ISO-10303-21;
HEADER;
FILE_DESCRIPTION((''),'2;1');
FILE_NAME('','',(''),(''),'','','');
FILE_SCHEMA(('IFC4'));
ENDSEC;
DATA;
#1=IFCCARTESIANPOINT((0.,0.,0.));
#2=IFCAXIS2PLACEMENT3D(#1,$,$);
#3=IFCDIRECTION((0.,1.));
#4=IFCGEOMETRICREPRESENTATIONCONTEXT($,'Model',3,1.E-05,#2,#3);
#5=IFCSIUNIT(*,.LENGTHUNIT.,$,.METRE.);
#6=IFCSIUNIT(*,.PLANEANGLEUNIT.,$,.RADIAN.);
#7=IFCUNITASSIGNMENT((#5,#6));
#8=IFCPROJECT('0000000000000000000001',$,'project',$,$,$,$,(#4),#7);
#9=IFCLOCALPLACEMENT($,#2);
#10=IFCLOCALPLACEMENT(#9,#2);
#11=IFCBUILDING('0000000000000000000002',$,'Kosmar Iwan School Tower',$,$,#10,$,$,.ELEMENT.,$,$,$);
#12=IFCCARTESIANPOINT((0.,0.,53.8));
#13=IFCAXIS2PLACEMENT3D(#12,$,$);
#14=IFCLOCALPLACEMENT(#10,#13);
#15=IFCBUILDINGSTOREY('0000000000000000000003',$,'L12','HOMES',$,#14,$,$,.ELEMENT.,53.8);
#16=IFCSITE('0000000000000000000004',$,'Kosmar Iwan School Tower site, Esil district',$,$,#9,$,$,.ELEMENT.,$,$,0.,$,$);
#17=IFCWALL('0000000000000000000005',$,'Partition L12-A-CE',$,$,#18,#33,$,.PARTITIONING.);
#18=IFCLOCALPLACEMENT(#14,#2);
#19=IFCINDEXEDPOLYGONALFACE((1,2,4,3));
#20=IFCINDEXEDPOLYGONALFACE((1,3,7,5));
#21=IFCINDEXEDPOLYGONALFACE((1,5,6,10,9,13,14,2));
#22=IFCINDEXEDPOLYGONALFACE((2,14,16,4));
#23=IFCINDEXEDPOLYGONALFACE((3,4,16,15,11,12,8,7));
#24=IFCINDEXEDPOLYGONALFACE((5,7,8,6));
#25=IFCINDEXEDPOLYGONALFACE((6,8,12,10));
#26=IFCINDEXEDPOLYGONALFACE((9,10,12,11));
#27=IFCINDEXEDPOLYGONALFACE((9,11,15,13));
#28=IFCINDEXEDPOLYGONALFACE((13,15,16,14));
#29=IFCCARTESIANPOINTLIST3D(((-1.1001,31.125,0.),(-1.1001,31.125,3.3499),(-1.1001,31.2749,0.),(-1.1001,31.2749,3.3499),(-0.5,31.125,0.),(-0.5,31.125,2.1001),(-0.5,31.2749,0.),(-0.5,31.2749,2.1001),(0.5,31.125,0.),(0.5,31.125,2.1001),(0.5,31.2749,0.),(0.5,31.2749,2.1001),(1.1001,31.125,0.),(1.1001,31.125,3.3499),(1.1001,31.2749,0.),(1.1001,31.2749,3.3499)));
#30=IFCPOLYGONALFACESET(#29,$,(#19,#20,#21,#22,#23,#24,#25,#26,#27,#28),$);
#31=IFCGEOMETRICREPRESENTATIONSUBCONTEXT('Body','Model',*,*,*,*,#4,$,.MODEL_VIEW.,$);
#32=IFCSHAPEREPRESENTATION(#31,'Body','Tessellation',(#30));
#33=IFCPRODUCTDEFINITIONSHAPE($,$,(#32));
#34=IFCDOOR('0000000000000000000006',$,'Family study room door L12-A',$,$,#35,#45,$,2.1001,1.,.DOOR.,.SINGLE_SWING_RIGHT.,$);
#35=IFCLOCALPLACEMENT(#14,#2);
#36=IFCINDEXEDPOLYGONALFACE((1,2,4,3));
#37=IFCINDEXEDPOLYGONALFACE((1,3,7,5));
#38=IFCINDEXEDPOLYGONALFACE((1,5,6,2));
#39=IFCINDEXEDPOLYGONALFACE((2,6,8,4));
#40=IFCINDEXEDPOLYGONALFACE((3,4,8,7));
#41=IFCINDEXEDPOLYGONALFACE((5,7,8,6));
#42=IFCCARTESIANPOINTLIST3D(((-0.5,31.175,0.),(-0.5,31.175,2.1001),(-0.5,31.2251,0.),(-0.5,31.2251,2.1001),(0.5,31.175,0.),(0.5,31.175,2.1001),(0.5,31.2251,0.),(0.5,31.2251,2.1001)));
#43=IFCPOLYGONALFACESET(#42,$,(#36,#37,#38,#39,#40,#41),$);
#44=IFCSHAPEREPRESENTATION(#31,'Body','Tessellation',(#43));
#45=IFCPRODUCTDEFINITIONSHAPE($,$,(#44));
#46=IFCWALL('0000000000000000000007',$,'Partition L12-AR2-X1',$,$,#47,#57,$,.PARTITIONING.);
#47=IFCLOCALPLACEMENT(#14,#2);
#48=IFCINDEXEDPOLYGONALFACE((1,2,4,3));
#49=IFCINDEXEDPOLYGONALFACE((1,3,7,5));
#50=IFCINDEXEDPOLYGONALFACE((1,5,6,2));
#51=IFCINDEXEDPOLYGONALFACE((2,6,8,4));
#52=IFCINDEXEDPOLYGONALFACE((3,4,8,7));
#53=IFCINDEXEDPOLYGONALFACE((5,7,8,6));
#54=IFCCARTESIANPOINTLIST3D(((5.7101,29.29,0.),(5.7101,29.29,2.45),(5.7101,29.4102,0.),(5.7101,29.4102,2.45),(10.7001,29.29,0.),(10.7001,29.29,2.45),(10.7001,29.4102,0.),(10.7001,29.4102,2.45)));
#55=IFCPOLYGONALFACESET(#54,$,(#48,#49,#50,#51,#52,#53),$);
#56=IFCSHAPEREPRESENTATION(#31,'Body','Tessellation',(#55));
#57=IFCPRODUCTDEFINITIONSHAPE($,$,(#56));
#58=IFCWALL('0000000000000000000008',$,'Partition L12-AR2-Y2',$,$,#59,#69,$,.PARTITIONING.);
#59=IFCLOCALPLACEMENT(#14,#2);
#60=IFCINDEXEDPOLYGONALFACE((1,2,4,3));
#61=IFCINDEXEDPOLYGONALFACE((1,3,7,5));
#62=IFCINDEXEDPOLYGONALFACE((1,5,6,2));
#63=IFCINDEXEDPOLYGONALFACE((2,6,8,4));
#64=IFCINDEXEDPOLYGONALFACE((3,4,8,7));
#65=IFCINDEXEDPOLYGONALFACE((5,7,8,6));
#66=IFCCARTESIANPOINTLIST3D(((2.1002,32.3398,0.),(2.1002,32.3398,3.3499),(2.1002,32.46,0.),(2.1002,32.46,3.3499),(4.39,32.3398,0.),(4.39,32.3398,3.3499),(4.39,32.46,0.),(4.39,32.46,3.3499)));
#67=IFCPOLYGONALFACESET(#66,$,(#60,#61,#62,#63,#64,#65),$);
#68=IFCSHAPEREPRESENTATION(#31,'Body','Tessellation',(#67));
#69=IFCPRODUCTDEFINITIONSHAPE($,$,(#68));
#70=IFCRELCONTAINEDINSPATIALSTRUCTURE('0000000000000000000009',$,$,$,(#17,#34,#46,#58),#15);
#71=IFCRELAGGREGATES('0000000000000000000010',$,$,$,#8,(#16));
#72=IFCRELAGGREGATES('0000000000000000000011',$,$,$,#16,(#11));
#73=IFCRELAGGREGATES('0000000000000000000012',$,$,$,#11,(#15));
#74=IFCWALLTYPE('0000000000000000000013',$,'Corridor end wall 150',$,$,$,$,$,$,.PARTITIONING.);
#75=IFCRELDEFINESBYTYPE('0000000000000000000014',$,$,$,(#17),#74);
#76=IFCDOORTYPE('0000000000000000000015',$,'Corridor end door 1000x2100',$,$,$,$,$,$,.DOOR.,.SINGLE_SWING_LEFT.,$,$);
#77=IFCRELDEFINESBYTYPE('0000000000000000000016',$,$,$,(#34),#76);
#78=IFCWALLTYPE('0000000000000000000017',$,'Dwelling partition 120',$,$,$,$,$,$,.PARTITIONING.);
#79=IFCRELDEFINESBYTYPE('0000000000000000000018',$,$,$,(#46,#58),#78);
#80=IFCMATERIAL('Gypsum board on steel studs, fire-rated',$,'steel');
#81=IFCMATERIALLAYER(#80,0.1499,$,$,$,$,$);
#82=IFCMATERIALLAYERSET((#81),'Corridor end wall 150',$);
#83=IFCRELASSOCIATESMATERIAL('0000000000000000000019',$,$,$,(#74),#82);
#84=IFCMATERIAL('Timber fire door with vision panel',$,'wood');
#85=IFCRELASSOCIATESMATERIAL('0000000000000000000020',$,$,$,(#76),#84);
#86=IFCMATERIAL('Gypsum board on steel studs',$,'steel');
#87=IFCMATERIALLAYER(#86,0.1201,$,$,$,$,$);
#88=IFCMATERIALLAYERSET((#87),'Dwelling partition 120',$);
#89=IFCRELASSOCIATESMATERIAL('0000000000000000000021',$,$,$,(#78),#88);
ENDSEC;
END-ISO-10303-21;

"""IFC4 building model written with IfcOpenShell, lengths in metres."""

from ifc_helpers import new_model, si_unit, direction, frame, frame_2d, origin, place, context, subcontext, project, spatial, rectangle, extrude, material, layer, layer_set, type_object, element, fill, save


model = new_model("IFC4")

# Units and contexts
model_context = context("Model", 3, precision=1e-05, world=origin(), true_north=direction((0.0, 1.0)))
body_context = subcontext(model_context, "Body", "Model", "MODEL_VIEW")
ifc_project = project(units=[si_unit("LENGTHUNIT", "METRE"), si_unit("PLANEANGLEUNIT", "RADIAN")], contexts=[model_context])

# Site, building, storey
site_placement = place(None, origin())
site = spatial("IfcSite", under=ifc_project, at=site_placement, Name="Kosmar Iwan School Tower site, Esil district", CompositionType="ELEMENT", RefElevation=0.0)
building_placement = place(site_placement, origin())
building = spatial("IfcBuilding", under=site, at=building_placement, Name="Kosmar Iwan School Tower", CompositionType="ELEMENT")
storey_placement = place(building_placement, frame((0.0, 0.0, 53.8)))
storey = spatial("IfcBuildingStorey", under=building, at=storey_placement, Name="L12", Description="HOMES", CompositionType="ELEMENT", Elevation=53.8)

# Wall, opening, door
ifc_material_1 = material(Name="Gypsum board on steel studs, fire-rated", Category="steel")
ifc_layer_1 = layer(ifc_material_1, 0.1499)
ifc_layer_set_1 = layer_set([ifc_layer_1], Name="Corridor end wall 150")
wall_type_1 = type_object("IfcWallType", Name="Corridor end wall 150", PredefinedType="PARTITIONING", material=ifc_layer_set_1)
wall_1_placement = place(storey_placement, frame((1.1001, 31.2, 0.0), z_axis=(0.0, 0.0, 1.0), x_axis=(-1.0, 0.0, 0.0)))
wall_1 = element("IfcWall", 1, at=wall_1_placement, inside=storey, type_object=wall_type_1, Name="Partition L12-A-CE", PredefinedType="PARTITIONING", context=body_context, shape_type="SweptSolid", body=[
    extrude(rectangle(XDim=2.2002, YDim=0.1499, at=frame_2d((1.1001, 0.0))), origin(), (0.0, 0.0, 1.0), 3.3499),
])
opening_placement = place(wall_1_placement, frame((0.6001, 0.0, 0.0)))
opening = element("IfcOpeningElement", 2, at=opening_placement, cuts=wall_1, PredefinedType="OPENING", context=body_context, shape_type="SweptSolid", body=[
    extrude(rectangle(XDim=1.0, YDim=2.1001, at=frame_2d((0.5, 1.05))), frame((0.0, 0.0869, 0.0), z_axis=(0.0, -1.0, 0.0), x_axis=(1.0, 0.0, 0.0)), (0.0, 0.0, 1.0), 0.1738),
])
ifc_material_2 = material(Name="Timber fire door with vision panel", Category="wood")
door_type = type_object("IfcDoorType", Name="Corridor end door 1000x2100", OperationType="SINGLE_SWING_LEFT", PredefinedType="DOOR", material=ifc_material_2)
door_placement = place(opening_placement, origin())
door = element("IfcDoor", 3, at=door_placement, inside=storey, type_object=door_type, Name="Family study room door L12-A", OperationType="SINGLE_SWING_RIGHT", OverallHeight=2.1001, OverallWidth=1.0, PredefinedType="DOOR", context=body_context, shape_type="SweptSolid", body=[
    extrude(rectangle(XDim=1.0, YDim=2.1001, at=frame_2d((0.5, 1.05))), frame((0.0, 0.0249, 0.0), z_axis=(0.0, -1.0, 0.0), x_axis=(1.0, 0.0, 0.0)), (0.0, 0.0, 1.0), 0.05),
])
fill(opening, door)

# Walls
ifc_material_3 = material(Name="Gypsum board on steel studs", Category="steel")
ifc_layer_2 = layer(ifc_material_3, 0.1201)
ifc_layer_set_2 = layer_set([ifc_layer_2], Name="Dwelling partition 120")
wall_type_2 = type_object("IfcWallType", Name="Dwelling partition 120", PredefinedType="PARTITIONING", material=ifc_layer_set_2)
wall_2_placement = place(storey_placement, frame((5.71, 29.3501, 0.0), z_axis=(0.0, 0.0, 1.0), x_axis=(1.0, 0.0, 0.0)))
element("IfcWall", 4, at=wall_2_placement, inside=storey, type_object=wall_type_2, Name="Partition L12-AR2-X1", PredefinedType="PARTITIONING", context=body_context, shape_type="SweptSolid", body=[
    extrude(rectangle(XDim=4.99, YDim=0.1201, at=frame_2d((2.4951, 0.0))), origin(), (0.0, 0.0, 1.0), 2.45),
])
wall_3_placement = place(storey_placement, frame((2.1001, 32.3999, 0.0), z_axis=(0.0, 0.0, 1.0), x_axis=(1.0, 0.0, 0.0)))
element("IfcWall", 5, at=wall_3_placement, inside=storey, type_object=wall_type_2, Name="Partition L12-AR2-Y2", PredefinedType="PARTITIONING", context=body_context, shape_type="SweptSolid", body=[
    extrude(rectangle(XDim=2.2898, YDim=0.1201, at=frame_2d((1.145, 0.0))), origin(), (0.0, 0.0, 1.0), 3.3499),
])

save(model, "model.ifc")
